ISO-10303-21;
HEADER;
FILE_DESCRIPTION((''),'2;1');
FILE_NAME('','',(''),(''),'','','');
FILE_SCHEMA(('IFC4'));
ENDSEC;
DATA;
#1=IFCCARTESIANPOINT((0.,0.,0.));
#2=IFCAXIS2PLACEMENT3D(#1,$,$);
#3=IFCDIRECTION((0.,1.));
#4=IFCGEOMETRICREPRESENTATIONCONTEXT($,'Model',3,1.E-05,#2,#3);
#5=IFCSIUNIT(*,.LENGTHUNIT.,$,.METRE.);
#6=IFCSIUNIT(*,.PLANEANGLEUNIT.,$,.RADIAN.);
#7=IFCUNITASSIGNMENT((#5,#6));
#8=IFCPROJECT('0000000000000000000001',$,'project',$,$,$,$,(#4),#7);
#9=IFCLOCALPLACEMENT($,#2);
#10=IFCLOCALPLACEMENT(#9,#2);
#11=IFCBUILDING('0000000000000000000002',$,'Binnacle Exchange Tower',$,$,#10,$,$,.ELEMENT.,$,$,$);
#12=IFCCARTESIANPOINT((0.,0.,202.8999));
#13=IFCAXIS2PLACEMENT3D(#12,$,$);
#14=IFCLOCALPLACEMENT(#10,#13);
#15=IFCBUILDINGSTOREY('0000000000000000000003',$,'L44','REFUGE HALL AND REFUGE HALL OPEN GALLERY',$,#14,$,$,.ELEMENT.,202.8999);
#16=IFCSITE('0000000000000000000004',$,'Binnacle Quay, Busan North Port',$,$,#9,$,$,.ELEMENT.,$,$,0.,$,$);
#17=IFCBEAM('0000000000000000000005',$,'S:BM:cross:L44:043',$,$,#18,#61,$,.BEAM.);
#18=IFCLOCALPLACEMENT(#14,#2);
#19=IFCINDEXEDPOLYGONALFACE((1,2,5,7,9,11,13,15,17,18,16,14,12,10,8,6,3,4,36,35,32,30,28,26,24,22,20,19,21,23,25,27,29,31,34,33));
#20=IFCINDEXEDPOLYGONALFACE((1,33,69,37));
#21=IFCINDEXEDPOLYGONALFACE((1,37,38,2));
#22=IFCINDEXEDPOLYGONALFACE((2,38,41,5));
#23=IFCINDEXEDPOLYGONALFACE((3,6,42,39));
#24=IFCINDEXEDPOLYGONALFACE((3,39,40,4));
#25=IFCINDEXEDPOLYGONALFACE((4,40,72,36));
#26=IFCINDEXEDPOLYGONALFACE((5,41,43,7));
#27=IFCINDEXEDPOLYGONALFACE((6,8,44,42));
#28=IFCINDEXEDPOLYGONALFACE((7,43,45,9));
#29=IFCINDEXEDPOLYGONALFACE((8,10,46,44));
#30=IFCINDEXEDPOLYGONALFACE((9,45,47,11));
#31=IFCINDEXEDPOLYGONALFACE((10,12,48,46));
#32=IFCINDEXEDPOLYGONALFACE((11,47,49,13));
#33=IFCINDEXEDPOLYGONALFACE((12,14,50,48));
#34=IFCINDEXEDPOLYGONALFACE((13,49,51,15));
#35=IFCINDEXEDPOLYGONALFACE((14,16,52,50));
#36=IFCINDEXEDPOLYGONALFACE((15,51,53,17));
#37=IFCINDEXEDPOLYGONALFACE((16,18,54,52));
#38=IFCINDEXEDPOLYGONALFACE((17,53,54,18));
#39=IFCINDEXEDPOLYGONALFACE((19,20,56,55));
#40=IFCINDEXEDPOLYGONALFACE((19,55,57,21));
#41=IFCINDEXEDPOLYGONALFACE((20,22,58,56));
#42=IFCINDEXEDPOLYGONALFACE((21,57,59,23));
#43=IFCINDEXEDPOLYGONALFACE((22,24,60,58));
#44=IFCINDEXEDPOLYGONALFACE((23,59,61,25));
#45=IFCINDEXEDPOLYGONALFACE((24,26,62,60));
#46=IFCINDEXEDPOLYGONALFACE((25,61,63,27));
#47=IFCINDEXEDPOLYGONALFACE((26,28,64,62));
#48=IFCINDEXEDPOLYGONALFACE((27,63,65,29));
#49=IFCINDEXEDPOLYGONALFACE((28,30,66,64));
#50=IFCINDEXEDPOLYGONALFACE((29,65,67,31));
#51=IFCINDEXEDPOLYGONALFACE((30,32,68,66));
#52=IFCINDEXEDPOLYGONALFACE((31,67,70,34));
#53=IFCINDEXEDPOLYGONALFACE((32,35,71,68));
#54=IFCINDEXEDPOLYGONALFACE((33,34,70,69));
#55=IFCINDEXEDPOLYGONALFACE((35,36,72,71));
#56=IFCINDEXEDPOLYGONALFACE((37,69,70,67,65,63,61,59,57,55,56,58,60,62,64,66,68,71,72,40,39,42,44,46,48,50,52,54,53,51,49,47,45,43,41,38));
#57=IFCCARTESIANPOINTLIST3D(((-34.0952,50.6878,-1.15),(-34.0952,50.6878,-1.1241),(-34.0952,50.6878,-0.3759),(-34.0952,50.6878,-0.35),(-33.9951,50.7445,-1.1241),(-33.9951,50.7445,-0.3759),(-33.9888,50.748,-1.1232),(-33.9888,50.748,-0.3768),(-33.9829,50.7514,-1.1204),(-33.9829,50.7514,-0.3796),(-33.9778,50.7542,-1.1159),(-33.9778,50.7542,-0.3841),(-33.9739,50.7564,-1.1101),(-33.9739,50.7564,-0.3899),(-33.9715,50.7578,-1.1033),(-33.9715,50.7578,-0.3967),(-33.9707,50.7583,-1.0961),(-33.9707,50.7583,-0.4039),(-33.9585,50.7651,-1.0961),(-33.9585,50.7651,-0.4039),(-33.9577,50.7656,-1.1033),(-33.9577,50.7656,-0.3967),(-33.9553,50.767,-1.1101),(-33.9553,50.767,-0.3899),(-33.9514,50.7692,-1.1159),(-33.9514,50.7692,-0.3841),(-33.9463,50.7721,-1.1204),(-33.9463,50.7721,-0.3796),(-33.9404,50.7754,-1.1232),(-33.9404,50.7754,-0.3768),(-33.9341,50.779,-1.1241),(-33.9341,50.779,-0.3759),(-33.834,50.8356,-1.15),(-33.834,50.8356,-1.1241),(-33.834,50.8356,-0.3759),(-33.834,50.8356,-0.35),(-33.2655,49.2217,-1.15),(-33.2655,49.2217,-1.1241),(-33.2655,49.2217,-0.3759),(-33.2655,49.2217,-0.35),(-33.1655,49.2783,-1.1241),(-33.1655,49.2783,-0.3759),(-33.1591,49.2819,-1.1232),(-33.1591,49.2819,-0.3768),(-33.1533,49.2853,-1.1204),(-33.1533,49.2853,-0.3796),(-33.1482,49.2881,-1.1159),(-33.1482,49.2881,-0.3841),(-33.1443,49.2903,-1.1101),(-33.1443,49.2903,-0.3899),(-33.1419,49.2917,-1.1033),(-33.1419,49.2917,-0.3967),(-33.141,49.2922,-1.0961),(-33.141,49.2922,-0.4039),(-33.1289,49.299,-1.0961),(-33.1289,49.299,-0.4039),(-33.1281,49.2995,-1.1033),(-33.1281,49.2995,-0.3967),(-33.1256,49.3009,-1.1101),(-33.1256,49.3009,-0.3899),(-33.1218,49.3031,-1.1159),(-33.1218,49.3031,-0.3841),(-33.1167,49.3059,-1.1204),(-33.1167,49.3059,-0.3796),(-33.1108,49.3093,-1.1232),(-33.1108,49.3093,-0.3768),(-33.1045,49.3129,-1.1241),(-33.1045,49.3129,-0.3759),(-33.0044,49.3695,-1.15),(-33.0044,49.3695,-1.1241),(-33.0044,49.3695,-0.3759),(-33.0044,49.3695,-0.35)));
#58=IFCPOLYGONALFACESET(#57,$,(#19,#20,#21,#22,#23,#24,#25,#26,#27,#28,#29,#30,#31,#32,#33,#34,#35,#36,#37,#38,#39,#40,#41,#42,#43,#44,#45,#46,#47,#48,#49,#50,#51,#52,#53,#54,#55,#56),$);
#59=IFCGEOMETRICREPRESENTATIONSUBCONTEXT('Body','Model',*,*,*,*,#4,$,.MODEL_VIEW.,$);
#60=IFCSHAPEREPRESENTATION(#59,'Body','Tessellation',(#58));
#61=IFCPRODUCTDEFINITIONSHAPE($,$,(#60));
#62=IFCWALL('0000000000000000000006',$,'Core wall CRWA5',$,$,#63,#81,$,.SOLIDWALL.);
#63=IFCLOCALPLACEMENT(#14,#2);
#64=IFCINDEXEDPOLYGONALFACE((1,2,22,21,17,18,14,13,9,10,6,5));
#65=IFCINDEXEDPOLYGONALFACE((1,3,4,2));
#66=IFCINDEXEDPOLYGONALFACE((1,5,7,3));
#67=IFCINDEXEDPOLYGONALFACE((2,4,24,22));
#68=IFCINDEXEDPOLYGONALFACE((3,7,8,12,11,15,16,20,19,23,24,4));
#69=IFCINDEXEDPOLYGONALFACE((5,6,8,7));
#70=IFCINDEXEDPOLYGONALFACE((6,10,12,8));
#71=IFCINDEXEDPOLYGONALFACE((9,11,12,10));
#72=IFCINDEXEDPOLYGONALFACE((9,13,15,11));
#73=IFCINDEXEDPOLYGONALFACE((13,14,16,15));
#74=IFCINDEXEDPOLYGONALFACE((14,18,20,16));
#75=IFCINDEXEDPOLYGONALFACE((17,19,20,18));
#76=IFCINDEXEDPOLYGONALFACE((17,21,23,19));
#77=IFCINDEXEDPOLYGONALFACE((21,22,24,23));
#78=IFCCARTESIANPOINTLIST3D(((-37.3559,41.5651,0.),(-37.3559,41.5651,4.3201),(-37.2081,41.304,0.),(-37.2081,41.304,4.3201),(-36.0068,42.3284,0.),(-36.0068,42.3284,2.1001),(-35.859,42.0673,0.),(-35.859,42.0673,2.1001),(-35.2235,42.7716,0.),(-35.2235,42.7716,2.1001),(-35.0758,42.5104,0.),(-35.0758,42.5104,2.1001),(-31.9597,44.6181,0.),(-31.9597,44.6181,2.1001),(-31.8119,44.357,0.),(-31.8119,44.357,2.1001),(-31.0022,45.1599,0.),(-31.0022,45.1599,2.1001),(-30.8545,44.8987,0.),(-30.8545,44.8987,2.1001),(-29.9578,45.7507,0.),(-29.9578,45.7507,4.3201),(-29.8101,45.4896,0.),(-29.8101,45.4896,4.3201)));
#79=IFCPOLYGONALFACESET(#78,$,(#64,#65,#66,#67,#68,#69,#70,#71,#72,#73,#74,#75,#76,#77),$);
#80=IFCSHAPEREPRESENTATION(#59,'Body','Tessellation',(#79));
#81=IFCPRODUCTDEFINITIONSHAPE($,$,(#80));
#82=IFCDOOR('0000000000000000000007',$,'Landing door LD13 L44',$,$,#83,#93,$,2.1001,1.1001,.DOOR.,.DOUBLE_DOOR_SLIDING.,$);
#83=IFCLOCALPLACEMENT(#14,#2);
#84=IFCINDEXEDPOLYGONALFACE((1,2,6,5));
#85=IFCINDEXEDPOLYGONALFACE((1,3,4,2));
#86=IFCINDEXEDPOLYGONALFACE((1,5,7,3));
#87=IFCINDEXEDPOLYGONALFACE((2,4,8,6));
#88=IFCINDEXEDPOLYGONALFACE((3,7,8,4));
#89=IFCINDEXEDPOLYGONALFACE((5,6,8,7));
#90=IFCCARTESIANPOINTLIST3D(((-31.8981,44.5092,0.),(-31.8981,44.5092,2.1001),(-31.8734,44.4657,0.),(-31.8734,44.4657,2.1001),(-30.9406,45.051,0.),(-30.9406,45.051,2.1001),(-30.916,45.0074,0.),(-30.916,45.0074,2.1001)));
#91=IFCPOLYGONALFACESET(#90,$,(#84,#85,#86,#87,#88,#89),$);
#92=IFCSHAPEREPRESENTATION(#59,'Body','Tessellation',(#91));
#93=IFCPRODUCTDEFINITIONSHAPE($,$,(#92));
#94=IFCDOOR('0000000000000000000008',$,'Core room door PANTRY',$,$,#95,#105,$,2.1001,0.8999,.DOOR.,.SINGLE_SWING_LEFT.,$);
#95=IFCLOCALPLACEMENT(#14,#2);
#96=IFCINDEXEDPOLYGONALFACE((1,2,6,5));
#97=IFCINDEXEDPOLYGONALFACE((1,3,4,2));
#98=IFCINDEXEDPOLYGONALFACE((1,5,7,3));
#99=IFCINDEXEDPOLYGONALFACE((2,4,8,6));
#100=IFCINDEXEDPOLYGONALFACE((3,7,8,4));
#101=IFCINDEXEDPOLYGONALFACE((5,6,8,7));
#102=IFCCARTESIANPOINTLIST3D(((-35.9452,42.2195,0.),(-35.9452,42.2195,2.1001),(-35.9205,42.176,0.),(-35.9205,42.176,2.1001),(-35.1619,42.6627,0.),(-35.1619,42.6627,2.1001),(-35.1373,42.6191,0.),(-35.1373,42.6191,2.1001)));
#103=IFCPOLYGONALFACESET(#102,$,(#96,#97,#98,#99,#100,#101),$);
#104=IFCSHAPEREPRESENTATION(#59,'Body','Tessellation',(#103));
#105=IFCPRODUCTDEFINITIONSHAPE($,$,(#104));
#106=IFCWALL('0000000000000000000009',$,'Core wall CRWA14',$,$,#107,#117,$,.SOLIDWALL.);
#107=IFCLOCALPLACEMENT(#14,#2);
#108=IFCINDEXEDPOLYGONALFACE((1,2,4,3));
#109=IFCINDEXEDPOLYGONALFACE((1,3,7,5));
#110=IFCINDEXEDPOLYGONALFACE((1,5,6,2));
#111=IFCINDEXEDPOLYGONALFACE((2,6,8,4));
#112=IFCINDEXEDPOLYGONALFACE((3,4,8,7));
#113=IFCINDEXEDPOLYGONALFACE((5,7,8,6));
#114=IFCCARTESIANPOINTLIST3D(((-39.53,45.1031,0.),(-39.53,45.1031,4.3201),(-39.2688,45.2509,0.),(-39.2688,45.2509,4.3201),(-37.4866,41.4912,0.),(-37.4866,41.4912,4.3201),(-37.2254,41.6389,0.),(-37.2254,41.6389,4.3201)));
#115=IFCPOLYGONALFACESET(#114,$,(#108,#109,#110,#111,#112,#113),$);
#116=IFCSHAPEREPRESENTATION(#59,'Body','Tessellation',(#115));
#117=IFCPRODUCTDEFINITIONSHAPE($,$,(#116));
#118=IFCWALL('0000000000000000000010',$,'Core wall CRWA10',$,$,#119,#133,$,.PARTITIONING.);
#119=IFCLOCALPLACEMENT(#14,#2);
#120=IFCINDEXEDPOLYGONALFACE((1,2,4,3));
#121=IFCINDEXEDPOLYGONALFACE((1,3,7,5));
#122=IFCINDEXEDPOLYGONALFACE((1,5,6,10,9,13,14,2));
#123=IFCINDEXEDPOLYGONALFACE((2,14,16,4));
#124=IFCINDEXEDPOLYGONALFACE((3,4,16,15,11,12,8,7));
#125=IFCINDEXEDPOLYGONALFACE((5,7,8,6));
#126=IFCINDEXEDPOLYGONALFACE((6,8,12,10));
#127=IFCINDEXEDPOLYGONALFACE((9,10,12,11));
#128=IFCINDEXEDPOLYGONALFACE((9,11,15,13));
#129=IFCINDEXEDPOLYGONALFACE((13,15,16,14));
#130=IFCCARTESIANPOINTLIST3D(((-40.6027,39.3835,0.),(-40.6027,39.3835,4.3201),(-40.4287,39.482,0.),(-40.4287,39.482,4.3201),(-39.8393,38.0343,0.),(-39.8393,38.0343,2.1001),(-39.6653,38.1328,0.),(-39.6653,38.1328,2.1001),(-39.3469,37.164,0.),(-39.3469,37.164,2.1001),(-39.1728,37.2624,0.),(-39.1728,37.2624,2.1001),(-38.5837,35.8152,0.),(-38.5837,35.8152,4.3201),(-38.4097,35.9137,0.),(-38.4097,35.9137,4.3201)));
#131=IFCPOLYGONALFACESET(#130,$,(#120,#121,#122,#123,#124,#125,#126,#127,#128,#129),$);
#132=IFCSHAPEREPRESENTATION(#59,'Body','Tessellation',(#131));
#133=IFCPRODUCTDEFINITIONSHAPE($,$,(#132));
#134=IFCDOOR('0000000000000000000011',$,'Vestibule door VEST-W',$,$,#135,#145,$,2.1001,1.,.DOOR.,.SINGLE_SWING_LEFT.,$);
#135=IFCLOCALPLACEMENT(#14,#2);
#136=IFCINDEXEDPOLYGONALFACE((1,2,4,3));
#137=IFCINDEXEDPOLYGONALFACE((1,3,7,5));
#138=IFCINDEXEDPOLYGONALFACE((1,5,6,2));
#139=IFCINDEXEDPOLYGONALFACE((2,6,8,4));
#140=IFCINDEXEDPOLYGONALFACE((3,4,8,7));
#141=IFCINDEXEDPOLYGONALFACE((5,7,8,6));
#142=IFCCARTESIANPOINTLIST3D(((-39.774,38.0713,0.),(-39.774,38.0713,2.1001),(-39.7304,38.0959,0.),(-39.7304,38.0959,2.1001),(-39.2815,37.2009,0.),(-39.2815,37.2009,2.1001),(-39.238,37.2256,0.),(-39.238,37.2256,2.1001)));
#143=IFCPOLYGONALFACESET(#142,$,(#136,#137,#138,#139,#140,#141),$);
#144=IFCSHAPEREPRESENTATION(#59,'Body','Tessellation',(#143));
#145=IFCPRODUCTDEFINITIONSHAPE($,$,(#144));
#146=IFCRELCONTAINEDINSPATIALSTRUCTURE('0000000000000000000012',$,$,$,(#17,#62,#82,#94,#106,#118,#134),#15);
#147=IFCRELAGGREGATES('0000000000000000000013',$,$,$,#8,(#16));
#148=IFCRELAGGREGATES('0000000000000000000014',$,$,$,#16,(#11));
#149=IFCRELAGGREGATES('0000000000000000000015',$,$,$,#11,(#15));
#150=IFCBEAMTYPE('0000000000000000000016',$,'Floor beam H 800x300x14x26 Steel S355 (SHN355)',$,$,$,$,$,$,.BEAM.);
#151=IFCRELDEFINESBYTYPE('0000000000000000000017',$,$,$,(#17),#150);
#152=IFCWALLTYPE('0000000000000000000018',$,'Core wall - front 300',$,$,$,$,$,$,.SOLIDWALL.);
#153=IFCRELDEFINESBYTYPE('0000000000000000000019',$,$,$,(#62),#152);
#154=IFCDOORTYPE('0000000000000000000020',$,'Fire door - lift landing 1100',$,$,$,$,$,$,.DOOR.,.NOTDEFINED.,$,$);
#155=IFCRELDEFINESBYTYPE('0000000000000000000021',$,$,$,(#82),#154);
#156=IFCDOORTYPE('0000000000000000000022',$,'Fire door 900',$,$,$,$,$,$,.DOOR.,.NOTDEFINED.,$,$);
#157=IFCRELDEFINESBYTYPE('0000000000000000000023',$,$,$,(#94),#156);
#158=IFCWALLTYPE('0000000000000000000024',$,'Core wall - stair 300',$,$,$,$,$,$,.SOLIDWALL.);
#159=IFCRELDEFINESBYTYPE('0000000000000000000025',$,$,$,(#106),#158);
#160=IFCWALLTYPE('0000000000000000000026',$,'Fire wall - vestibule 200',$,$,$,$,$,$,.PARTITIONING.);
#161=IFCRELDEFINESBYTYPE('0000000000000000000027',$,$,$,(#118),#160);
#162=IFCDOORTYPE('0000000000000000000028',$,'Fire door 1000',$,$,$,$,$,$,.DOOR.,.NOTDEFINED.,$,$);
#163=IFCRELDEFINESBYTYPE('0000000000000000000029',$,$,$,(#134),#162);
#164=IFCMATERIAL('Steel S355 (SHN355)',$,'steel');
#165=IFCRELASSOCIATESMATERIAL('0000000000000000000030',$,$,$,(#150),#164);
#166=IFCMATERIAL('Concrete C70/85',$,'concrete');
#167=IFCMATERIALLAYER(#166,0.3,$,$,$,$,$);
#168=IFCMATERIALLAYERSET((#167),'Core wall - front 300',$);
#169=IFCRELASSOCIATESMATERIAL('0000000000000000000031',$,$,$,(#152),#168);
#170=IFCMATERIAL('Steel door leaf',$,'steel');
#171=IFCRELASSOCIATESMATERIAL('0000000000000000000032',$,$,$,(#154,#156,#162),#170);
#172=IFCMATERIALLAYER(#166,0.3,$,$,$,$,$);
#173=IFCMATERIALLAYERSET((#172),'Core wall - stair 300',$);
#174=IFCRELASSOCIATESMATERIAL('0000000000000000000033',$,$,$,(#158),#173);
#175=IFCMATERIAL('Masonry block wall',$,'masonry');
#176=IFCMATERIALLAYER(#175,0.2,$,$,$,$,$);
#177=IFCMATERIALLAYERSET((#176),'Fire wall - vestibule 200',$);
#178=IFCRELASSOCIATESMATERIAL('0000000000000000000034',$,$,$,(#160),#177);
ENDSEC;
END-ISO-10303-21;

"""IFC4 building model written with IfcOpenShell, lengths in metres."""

from ifc_helpers import new_model, si_unit, direction, frame, frame_2d, origin, origin_2d, place, context, subcontext, project, spatial, rectangle, i_section, extrude, material, layer, layer_set, material_profile, profile_set, type_object, element, fill, save


model = new_model("IFC4")

# Units and contexts
model_context = context("Model", 3, precision=1e-05, world=origin(), true_north=direction((0.0, 1.0)))
body_context = subcontext(model_context, "Body", "Model", "MODEL_VIEW")
ifc_project = project(units=[si_unit("LENGTHUNIT", "METRE"), si_unit("PLANEANGLEUNIT", "RADIAN")], contexts=[model_context])

# Site, building, storey
site_placement = place(None, origin())
site = spatial("IfcSite", under=ifc_project, at=site_placement, Name="Binnacle Quay, Busan North Port", CompositionType="ELEMENT", RefElevation=0.0)
building_placement = place(site_placement, origin())
building = spatial("IfcBuilding", under=site, at=building_placement, Name="Binnacle Exchange Tower", CompositionType="ELEMENT")
storey_placement = place(building_placement, frame((0.0, 0.0, 202.8999)))
storey = spatial("IfcBuildingStorey", under=building, at=storey_placement, Name="L44", Description="REFUGE HALL AND REFUGE HALL OPEN GALLERY", CompositionType="ELEMENT", Elevation=202.8999)

# Shared definitions
ifc_material_1 = material(Name="Concrete C70/85", Category="concrete")

# Beam
ifc_material_2 = material(Name="Steel S355 (SHN355)", Category="steel")
ifc_material_profile_1 = material_profile(ifc_material_2, i_section(OverallWidth=0.3, OverallDepth=0.8, WebThickness=0.0139, FlangeThickness=0.0259, FilletRadius=0.0281, at=origin_2d()), Name="H 800x300x14x26")
ifc_profile_set_1 = profile_set([ifc_material_profile_1], Name="Steel S355 (SHN355)")
beam_type_1 = type_object("IfcBeamType", Name="Floor beam H 800x300x14x26 Steel S355 (SHN355)", PredefinedType="BEAM", material=ifc_profile_set_1)
beam_1_placement = place(storey_placement, frame((-33.9646, 50.7617, -0.75), z_axis=(0.492482, -0.870322, 0.0), x_axis=(0.870322, 0.492482, 0.0)))
element("IfcBeam", 1, at=beam_1_placement, inside=storey, type_object=beam_type_1, Name="S:BM:cross:L44:043", PredefinedType="BEAM", context=body_context, shape_type="SweptSolid", body=[
    extrude(i_section(OverallWidth=0.3, OverallDepth=0.8, WebThickness=0.0139, FlangeThickness=0.0259, FilletRadius=0.0281, at=origin_2d()), origin(), (0.0, 0.0, 1.0), 1.6846),
])

# Wall, openings, doors
ifc_layer_1 = layer(ifc_material_1, 0.3)
ifc_layer_set_1 = layer_set([ifc_layer_1], Name="Core wall - front 300")
wall_type_1 = type_object("IfcWallType", Name="Core wall - front 300", PredefinedType="SOLIDWALL", material=ifc_layer_set_1)
wall_1_placement = place(storey_placement, frame((-37.282, 41.4346, 0.0), z_axis=(0.0, 0.0, 1.0), x_axis=(0.870356, 0.492423, 0.0)))
wall_1 = element("IfcWall", 2, at=wall_1_placement, inside=storey, type_object=wall_type_1, Name="Core wall CRWA5", PredefinedType="SOLIDWALL", context=body_context, shape_type="SweptSolid", body=[
    extrude(rectangle(XDim=8.5, YDim=0.3, at=frame_2d((4.25, 0.0))), origin(), (0.0, 0.0, 1.0), 4.3201),
])
opening_1_placement = place(wall_1_placement, frame((6.2, 0.0, 0.0)))
opening_1 = element("IfcOpeningElement", 3, at=opening_1_placement, cuts=wall_1, PredefinedType="OPENING", context=body_context, shape_type="SweptSolid", body=[
    extrude(rectangle(XDim=1.1001, YDim=2.1001, at=frame_2d((0.55, 1.05))), frame((0.0, 0.1599, 0.0), z_axis=(0.0, -1.0, 0.0), x_axis=(1.0, 0.0, 0.0)), (0.0, 0.0, 1.0), 0.3201),
])
opening_2_placement = place(wall_1_placement, frame((1.55, 0.0, 0.0)))
opening_2 = element("IfcOpeningElement", 4, at=opening_2_placement, cuts=wall_1, PredefinedType="OPENING", context=body_context, shape_type="SweptSolid", body=[
    extrude(rectangle(XDim=0.8999, YDim=2.1001, at=frame_2d((0.45, 1.05))), frame((0.0, 0.1599, 0.0), z_axis=(0.0, -1.0, 0.0), x_axis=(1.0, 0.0, 0.0)), (0.0, 0.0, 1.0), 0.3201),
])
ifc_material_3 = material(Name="Steel door leaf", Category="steel")
door_type_1 = type_object("IfcDoorType", Name="Fire door - lift landing 1100", OperationType="NOTDEFINED", PredefinedType="DOOR", material=ifc_material_3)
door_1_placement = place(opening_1_placement, origin())
door_1 = element("IfcDoor", 5, at=door_1_placement, inside=storey, type_object=door_type_1, Name="Landing door LD13 L44", OperationType="DOUBLE_DOOR_SLIDING", OverallHeight=2.1001, OverallWidth=1.1001, PredefinedType="DOOR", context=body_context, shape_type="SweptSolid", body=[
    extrude(rectangle(XDim=1.1001, YDim=2.1001, at=frame_2d((0.55, 1.05))), frame((0.0, 0.0249, 0.0), z_axis=(0.0, -1.0, 0.0), x_axis=(1.0, 0.0, 0.0)), (0.0, 0.0, 1.0), 0.05),
])
fill(opening_1, door_1)
door_type_2 = type_object("IfcDoorType", Name="Fire door 900", OperationType="NOTDEFINED", PredefinedType="DOOR", material=ifc_material_3)
door_2_placement = place(opening_2_placement, origin())
door_2 = element("IfcDoor", 6, at=door_2_placement, inside=storey, type_object=door_type_2, Name="Core room door PANTRY", OperationType="SINGLE_SWING_LEFT", OverallHeight=2.1001, OverallWidth=0.8999, PredefinedType="DOOR", context=body_context, shape_type="SweptSolid", body=[
    extrude(rectangle(XDim=0.8999, YDim=2.1001, at=frame_2d((0.45, 1.05))), frame((0.0, 0.0249, 0.0), z_axis=(0.0, -1.0, 0.0), x_axis=(1.0, 0.0, 0.0)), (0.0, 0.0, 1.0), 0.05),
])
fill(opening_2, door_2)

# Wall
ifc_layer_2 = layer(ifc_material_1, 0.3)
ifc_layer_set_2 = layer_set([ifc_layer_2], Name="Core wall - stair 300")
wall_type_2 = type_object("IfcWallType", Name="Core wall - stair 300", PredefinedType="SOLIDWALL", material=ifc_layer_set_2)
wall_2_placement = place(storey_placement, frame((-39.3994, 45.177, 0.0), z_axis=(0.0, 0.0, 1.0), x_axis=(0.492396, -0.870371, 0.0)))
element("IfcWall", 7, at=wall_2_placement, inside=storey, type_object=wall_type_2, Name="Core wall CRWA14", PredefinedType="SOLIDWALL", context=body_context, shape_type="SweptSolid", body=[
    extrude(rectangle(XDim=4.1499, YDim=0.3, at=frame_2d((2.075, 0.0))), origin(), (0.0, 0.0, 1.0), 4.3201),
])

# Wall, opening, door
ifc_material_4 = material(Name="Masonry block wall", Category="masonry")
ifc_layer_3 = layer(ifc_material_4, 0.2)
ifc_layer_set_3 = layer_set([ifc_layer_3], Name="Fire wall - vestibule 200")
wall_type_3 = type_object("IfcWallType", Name="Fire wall - vestibule 200", PredefinedType="PARTITIONING", material=ifc_layer_set_3)
wall_3_placement = place(storey_placement, frame((-40.5156, 39.4326, 0.0), z_axis=(0.0, 0.0, 1.0), x_axis=(0.492454, -0.870339, 0.0)))
wall_3 = element("IfcWall", 8, at=wall_3_placement, inside=storey, type_object=wall_type_3, Name="Core wall CRWA10", PredefinedType="PARTITIONING", context=body_context, shape_type="SweptSolid", body=[
    extrude(rectangle(XDim=4.0999, YDim=0.2, at=frame_2d((2.0498, 0.0))), origin(), (0.0, 0.0, 1.0), 4.3201),
])
opening_3_placement = place(wall_3_placement, frame((1.55, 0.0, 0.0)))
opening_3 = element("IfcOpeningElement", 9, at=opening_3_placement, cuts=wall_3, PredefinedType="OPENING", context=body_context, shape_type="SweptSolid", body=[
    extrude(rectangle(XDim=1.0, YDim=2.1001, at=frame_2d((0.5, 1.05))), frame((0.0, 0.1099, 0.0), z_axis=(0.0, -1.0, 0.0), x_axis=(1.0, 0.0, 0.0)), (0.0, 0.0, 1.0), 0.22),
])
door_type_3 = type_object("IfcDoorType", Name="Fire door 1000", OperationType="NOTDEFINED", PredefinedType="DOOR", material=ifc_material_3)
door_3_placement = place(opening_3_placement, frame((1.0, 0.0, 0.0), z_axis=(0.0, 0.0, 1.0), x_axis=(-1.0, 0.0, 0.0)))
door_3 = element("IfcDoor", 10, at=door_3_placement, inside=storey, type_object=door_type_3, Name="Vestibule door VEST-W", OperationType="SINGLE_SWING_LEFT", OverallHeight=2.1001, OverallWidth=1.0, PredefinedType="DOOR", context=body_context, shape_type="SweptSolid", body=[
    extrude(rectangle(XDim=1.0, YDim=2.1001, at=frame_2d((0.5, 1.05))), frame((0.0, 0.0249, 0.0), z_axis=(0.0, -1.0, 0.0), x_axis=(1.0, 0.0, 0.0)), (0.0, 0.0, 1.0), 0.05),
])
fill(opening_3, door_3)

save(model, "model.ifc")
